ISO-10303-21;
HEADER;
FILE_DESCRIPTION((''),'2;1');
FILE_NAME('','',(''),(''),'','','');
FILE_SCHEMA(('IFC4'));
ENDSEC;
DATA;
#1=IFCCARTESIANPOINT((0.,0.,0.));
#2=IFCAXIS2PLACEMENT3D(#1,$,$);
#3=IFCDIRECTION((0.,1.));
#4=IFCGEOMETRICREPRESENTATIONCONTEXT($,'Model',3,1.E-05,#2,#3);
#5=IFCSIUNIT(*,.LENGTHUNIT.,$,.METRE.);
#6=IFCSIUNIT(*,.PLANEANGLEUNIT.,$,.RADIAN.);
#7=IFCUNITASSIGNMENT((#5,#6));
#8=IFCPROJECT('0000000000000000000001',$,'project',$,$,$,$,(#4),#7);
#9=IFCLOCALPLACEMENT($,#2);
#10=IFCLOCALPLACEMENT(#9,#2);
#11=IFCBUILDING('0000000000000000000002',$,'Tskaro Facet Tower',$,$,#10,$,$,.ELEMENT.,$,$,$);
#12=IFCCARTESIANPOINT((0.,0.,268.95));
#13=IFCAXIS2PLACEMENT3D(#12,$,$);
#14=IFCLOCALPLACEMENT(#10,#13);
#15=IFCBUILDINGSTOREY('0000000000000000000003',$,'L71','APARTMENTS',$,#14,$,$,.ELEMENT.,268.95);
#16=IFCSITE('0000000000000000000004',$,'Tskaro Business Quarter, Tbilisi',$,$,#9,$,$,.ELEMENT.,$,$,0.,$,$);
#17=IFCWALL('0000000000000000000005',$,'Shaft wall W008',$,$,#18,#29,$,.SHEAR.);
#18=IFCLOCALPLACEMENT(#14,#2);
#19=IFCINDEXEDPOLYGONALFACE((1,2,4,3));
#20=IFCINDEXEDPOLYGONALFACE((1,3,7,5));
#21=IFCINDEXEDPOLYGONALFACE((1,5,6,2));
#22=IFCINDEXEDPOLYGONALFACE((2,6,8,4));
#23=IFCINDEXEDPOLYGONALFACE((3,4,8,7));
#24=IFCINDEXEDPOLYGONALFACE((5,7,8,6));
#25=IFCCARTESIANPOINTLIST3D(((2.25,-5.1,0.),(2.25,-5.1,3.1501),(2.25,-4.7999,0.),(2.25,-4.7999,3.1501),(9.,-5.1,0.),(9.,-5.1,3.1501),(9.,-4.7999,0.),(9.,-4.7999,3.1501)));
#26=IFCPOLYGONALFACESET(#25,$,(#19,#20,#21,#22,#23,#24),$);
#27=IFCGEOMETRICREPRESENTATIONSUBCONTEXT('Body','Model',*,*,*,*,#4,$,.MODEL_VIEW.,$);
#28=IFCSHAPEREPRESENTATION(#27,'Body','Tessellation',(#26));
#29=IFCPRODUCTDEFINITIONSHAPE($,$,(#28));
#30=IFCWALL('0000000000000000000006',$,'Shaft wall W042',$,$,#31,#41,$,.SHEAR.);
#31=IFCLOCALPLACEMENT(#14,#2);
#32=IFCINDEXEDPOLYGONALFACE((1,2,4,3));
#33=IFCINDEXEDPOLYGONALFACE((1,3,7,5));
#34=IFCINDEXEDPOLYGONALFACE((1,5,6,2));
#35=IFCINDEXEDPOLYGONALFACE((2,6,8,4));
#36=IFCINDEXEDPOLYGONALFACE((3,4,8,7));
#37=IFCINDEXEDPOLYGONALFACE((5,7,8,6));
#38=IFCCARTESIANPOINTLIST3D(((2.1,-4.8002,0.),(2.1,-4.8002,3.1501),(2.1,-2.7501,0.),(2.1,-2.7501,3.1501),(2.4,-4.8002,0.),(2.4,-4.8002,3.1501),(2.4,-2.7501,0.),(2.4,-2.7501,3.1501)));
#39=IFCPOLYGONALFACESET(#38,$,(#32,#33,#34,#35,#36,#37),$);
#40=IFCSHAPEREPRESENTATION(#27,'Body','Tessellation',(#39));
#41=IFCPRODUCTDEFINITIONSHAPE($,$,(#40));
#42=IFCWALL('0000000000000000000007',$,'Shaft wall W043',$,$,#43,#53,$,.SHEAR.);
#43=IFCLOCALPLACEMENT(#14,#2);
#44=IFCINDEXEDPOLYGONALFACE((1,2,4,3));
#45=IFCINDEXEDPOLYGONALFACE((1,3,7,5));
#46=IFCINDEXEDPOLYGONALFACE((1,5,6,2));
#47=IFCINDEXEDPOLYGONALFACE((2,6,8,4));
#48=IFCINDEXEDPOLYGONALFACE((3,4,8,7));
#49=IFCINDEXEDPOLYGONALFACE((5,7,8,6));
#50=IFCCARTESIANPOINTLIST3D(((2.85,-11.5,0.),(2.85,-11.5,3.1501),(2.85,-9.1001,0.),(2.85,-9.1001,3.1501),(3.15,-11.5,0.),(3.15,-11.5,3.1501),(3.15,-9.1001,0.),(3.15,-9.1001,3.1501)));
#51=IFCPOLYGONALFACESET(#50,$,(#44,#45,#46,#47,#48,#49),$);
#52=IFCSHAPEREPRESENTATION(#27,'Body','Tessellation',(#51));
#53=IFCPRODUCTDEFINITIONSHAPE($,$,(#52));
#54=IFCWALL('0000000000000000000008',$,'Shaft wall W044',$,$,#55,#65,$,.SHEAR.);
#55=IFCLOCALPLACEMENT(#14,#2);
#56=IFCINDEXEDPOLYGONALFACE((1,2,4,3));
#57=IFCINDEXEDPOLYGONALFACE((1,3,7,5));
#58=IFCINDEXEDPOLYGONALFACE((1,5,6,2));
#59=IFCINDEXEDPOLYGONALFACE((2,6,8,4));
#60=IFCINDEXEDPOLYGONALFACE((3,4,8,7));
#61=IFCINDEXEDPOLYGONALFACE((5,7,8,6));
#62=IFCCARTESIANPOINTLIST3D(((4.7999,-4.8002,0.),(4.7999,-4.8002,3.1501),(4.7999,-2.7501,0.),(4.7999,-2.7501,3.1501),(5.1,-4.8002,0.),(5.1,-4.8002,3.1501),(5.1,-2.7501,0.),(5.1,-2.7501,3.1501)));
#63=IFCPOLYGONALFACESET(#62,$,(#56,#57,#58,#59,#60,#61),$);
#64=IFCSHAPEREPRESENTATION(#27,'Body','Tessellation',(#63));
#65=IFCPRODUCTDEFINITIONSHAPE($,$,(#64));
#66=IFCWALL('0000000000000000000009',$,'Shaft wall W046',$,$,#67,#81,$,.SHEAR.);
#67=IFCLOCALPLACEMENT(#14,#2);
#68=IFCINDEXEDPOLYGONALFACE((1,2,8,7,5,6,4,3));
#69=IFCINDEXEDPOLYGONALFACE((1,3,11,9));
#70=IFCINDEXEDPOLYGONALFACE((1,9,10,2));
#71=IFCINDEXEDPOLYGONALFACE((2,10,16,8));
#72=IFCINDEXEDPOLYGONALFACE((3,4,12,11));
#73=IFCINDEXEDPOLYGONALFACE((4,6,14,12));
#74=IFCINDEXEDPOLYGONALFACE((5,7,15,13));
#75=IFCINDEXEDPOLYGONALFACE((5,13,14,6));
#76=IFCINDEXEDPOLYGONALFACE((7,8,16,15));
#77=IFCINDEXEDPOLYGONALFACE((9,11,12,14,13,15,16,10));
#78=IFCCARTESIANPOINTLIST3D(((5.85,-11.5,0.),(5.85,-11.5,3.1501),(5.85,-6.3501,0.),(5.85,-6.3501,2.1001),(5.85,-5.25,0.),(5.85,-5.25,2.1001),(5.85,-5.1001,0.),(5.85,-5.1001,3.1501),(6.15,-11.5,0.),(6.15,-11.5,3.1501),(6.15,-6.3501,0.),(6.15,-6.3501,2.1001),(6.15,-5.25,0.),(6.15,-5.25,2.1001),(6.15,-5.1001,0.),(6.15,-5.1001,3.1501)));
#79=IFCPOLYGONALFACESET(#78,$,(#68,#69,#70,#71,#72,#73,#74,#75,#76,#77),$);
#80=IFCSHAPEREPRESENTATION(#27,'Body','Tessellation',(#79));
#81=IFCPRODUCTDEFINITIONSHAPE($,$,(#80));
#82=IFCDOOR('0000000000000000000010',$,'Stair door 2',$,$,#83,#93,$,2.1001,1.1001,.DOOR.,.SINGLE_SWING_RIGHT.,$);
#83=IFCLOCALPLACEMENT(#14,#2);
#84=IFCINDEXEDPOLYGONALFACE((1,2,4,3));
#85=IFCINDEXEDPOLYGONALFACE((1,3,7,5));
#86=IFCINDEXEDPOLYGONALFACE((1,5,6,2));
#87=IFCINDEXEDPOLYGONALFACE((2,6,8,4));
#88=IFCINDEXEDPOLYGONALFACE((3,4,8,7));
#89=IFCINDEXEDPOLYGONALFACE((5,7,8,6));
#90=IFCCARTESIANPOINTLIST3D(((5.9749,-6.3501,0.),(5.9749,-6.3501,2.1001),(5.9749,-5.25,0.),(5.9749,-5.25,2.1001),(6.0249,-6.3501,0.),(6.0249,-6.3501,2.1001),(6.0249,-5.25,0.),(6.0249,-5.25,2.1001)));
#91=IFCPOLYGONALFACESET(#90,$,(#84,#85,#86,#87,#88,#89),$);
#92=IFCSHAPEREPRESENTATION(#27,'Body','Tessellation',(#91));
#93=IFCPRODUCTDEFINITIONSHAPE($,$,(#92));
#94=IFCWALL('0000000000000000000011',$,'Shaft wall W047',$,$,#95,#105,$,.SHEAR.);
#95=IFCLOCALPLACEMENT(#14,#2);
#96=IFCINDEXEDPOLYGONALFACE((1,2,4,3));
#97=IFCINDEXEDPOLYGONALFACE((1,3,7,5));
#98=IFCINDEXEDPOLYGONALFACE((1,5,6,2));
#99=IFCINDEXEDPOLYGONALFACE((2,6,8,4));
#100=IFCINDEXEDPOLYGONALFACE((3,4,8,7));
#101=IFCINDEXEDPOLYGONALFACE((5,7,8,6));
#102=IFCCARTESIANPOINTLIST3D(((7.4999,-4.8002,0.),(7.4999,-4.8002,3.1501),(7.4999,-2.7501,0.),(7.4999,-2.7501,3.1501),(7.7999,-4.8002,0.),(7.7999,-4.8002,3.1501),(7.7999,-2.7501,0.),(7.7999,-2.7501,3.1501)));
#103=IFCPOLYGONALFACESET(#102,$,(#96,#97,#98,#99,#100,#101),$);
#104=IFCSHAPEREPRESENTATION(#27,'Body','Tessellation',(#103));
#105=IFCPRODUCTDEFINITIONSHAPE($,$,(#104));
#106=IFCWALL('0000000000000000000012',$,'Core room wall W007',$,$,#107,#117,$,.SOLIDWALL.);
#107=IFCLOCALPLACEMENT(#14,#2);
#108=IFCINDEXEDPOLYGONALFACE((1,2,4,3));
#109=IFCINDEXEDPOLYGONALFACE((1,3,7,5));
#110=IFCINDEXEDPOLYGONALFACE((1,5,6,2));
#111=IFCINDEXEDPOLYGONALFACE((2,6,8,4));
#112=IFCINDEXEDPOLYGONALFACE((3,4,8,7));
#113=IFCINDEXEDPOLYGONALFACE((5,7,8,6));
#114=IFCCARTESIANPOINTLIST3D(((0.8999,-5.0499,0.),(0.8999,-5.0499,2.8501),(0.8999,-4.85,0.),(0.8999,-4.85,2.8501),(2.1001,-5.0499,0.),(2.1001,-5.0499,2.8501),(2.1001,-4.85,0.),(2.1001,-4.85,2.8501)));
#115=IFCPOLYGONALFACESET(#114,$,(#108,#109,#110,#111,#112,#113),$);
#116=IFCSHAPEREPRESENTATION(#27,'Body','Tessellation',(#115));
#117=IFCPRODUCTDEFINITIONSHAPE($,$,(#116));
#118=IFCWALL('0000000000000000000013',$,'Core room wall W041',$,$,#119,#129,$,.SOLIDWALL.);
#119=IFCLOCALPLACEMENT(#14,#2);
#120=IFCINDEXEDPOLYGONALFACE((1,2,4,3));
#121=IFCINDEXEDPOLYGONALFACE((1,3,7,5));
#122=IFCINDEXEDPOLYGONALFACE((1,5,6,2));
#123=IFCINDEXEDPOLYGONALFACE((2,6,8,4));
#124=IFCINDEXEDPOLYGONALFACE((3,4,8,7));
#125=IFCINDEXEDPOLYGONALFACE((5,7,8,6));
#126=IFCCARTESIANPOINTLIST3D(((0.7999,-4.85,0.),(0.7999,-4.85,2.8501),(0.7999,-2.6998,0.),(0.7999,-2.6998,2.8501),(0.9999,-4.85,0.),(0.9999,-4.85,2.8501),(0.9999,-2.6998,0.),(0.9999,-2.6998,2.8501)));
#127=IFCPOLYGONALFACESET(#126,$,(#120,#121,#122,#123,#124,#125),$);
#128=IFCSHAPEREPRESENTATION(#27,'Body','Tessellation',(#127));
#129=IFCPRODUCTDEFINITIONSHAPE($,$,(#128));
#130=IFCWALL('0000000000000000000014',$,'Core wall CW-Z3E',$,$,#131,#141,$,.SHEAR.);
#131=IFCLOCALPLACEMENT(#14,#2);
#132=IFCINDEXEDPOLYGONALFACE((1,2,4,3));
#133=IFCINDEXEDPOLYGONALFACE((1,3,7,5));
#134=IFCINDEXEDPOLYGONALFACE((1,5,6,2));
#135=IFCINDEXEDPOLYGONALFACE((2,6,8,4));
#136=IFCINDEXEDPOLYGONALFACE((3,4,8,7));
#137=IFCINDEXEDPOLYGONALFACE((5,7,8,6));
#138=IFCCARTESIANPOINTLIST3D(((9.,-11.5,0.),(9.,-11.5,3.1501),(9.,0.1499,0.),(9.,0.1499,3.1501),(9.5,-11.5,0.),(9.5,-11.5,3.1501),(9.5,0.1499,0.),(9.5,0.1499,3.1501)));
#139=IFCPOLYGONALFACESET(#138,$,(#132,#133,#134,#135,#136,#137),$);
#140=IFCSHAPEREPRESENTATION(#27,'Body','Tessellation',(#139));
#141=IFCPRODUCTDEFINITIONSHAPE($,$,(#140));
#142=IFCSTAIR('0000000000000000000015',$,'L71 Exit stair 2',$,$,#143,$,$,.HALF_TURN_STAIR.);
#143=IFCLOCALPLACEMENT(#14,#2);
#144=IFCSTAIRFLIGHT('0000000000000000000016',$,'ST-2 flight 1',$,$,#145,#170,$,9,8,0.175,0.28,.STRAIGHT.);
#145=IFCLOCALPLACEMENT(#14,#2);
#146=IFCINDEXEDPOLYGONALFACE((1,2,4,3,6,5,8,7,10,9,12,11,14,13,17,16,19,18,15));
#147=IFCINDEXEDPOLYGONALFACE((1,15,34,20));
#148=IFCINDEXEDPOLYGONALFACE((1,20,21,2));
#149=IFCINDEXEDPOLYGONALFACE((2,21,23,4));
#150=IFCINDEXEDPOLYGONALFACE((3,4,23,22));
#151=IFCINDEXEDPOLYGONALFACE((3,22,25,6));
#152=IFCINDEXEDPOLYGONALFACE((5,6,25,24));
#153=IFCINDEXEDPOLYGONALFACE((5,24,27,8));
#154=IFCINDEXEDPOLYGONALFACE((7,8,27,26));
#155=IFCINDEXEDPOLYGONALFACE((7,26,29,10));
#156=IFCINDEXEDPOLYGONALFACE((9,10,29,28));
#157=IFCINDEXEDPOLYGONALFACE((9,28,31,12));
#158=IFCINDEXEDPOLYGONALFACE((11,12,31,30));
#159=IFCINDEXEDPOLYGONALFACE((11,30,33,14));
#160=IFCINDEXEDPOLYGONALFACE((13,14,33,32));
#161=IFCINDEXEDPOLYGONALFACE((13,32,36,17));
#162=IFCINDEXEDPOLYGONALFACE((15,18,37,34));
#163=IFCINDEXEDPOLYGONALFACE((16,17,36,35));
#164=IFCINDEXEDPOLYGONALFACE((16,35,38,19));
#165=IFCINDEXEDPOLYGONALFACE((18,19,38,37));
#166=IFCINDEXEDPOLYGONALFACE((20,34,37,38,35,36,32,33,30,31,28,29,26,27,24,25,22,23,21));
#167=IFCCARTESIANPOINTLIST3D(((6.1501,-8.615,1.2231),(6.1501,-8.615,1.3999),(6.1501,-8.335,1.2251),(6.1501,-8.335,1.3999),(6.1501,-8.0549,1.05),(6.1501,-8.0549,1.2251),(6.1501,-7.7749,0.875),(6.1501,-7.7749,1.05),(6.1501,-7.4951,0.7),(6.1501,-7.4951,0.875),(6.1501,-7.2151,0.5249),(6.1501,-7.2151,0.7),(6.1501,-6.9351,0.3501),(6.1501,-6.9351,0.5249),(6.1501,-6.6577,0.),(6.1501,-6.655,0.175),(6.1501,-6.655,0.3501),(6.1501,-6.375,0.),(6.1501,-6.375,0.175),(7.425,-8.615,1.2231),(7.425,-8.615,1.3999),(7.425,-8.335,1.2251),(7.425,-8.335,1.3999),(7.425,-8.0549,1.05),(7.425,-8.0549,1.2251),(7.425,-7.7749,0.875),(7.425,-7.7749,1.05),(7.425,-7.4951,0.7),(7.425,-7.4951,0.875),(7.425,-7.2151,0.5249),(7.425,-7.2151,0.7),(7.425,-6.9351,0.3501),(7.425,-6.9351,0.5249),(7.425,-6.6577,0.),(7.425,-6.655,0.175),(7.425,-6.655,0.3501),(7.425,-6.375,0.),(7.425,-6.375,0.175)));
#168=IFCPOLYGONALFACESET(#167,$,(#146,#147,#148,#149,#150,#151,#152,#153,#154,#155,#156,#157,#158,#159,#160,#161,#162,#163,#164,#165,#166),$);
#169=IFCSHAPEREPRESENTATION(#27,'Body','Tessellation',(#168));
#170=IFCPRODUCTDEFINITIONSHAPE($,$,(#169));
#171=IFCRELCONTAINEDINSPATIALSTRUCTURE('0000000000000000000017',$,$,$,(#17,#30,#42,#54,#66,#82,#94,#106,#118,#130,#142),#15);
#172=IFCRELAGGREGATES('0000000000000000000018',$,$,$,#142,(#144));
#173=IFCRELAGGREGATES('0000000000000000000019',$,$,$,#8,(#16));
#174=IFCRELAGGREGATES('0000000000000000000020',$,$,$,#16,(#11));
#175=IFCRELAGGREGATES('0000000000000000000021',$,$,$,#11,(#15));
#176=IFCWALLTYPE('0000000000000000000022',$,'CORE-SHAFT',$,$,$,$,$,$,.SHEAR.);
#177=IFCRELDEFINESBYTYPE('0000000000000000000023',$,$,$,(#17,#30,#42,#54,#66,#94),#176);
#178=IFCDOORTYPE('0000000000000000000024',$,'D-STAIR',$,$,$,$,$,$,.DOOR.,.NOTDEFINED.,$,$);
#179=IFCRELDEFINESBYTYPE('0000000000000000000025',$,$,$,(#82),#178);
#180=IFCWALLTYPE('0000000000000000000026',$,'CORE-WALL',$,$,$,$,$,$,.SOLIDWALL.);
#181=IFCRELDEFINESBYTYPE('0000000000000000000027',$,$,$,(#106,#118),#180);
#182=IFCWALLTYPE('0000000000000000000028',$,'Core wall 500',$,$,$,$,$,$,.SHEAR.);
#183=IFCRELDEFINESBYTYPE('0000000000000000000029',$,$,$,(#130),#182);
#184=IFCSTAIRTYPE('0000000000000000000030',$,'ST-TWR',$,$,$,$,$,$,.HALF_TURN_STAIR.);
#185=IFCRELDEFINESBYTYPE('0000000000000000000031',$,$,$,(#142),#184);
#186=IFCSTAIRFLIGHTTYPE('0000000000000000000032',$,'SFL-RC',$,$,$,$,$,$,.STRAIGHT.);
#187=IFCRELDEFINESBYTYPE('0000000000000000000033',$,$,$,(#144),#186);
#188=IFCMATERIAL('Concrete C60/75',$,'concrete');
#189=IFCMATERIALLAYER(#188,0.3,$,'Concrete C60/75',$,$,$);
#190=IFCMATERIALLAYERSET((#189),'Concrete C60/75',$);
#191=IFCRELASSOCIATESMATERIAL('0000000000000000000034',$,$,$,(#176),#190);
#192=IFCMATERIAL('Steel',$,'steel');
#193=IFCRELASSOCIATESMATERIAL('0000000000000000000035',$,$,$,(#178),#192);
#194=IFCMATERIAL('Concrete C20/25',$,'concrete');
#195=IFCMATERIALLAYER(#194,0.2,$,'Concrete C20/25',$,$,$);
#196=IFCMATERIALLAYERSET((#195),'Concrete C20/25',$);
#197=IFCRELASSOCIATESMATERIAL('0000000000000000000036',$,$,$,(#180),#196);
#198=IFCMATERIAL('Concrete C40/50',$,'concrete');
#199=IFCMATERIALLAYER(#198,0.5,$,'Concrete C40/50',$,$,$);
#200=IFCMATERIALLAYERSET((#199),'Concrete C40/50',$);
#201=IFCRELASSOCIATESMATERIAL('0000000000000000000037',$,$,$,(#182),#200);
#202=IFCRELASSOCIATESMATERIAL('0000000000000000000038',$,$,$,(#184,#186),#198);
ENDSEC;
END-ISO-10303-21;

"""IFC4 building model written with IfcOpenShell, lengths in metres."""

from ifc_helpers import new_model, si_unit, direction, frame, frame_2d, origin, place, context, subcontext, project, spatial, polyline, rectangle, outline, extrude, material, layer, layer_set, type_object, element, fill, aggregate, save


model = new_model("IFC4")

# Units and contexts
model_context = context("Model", 3, precision=1e-05, world=origin(), true_north=direction((0.0, 1.0)))
body_context = subcontext(model_context, "Body", "Model", "MODEL_VIEW")
ifc_project = project(units=[si_unit("LENGTHUNIT", "METRE"), si_unit("PLANEANGLEUNIT", "RADIAN")], contexts=[model_context])

# Site, building, storey
site_placement = place(None, origin())
site = spatial("IfcSite", under=ifc_project, at=site_placement, Name="Tskaro Business Quarter, Tbilisi", CompositionType="ELEMENT", RefElevation=0.0)
building_placement = place(site_placement, origin())
building = spatial("IfcBuilding", under=site, at=building_placement, Name="Tskaro Facet Tower", CompositionType="ELEMENT")
storey_placement = place(building_placement, frame((0.0, 0.0, 268.95)))
storey = spatial("IfcBuildingStorey", under=building, at=storey_placement, Name="L71", Description="APARTMENTS", CompositionType="ELEMENT", Elevation=268.95)

# Walls
ifc_material_1 = material(Name="Concrete C60/75", Category="concrete")
ifc_layer_1 = layer(ifc_material_1, 0.3, Name="Concrete C60/75")
ifc_layer_set_1 = layer_set([ifc_layer_1], Name="Concrete C60/75")
wall_type_1 = type_object("IfcWallType", Name="CORE-SHAFT", PredefinedType="SHEAR", material=ifc_layer_set_1)
wall_1_placement = place(storey_placement, frame((2.25, -4.95, 0.0), z_axis=(0.0, 0.0, 1.0), x_axis=(1.0, 0.0, 0.0)))
element("IfcWall", 1, at=wall_1_placement, inside=storey, type_object=wall_type_1, Name="Shaft wall W008", PredefinedType="SHEAR", context=body_context, shape_type="SweptSolid", body=[
    extrude(rectangle(XDim=6.75, YDim=0.3, at=frame_2d((3.375, 0.0))), origin(), (0.0, 0.0, 1.0), 3.1501),
])
wall_2_placement = place(storey_placement, frame((2.25, -4.8, 0.0), z_axis=(0.0, 0.0, 1.0), x_axis=(0.0, 1.0, 0.0)))
element("IfcWall", 2, at=wall_2_placement, inside=storey, type_object=wall_type_1, Name="Shaft wall W042", PredefinedType="SHEAR", context=body_context, shape_type="SweptSolid", body=[
    extrude(rectangle(XDim=2.05, YDim=0.3, at=frame_2d((1.0249, 0.0))), origin(), (0.0, 0.0, 1.0), 3.1501),
])
wall_3_placement = place(storey_placement, frame((3.0, -11.5, 0.0), z_axis=(0.0, 0.0, 1.0), x_axis=(0.0, 1.0, 0.0)))
element("IfcWall", 3, at=wall_3_placement, inside=storey, type_object=wall_type_1, Name="Shaft wall W043", PredefinedType="SHEAR", context=body_context, shape_type="SweptSolid", body=[
    extrude(rectangle(XDim=2.3999, YDim=0.3, at=frame_2d((1.2, 0.0))), origin(), (0.0, 0.0, 1.0), 3.1501),
])
wall_4_placement = place(storey_placement, frame((4.95, -4.8, 0.0), z_axis=(0.0, 0.0, 1.0), x_axis=(0.0, 1.0, 0.0)))
element("IfcWall", 4, at=wall_4_placement, inside=storey, type_object=wall_type_1, Name="Shaft wall W044", PredefinedType="SHEAR", context=body_context, shape_type="SweptSolid", body=[
    extrude(rectangle(XDim=2.05, YDim=0.3, at=frame_2d((1.0249, 0.0))), origin(), (0.0, 0.0, 1.0), 3.1501),
])

# Wall, opening, door
wall_5_placement = place(storey_placement, frame((6.0, -5.1001, 0.0), z_axis=(0.0, 0.0, 1.0), x_axis=(0.0, -1.0, 0.0)))
wall_5 = element("IfcWall", 5, at=wall_5_placement, inside=storey, type_object=wall_type_1, Name="Shaft wall W046", PredefinedType="SHEAR", context=body_context, shape_type="SweptSolid", body=[
    extrude(rectangle(XDim=6.3999, YDim=0.3, at=frame_2d((3.2, 0.0))), origin(), (0.0, 0.0, 1.0), 3.1501),
])
opening_placement = place(wall_5_placement, frame((0.1499, 0.0, 0.0)))
opening = element("IfcOpeningElement", 6, at=opening_placement, cuts=wall_5, PredefinedType="OPENING", context=body_context, shape_type="SweptSolid", body=[
    extrude(rectangle(XDim=1.1001, YDim=2.1001, at=frame_2d((0.55, 1.05))), frame((0.0, 0.1599, 0.0), z_axis=(0.0, -1.0, 0.0), x_axis=(1.0, 0.0, 0.0)), (0.0, 0.0, 1.0), 0.3201),
])
ifc_material_2 = material(Name="Steel", Category="steel")
door_type = type_object("IfcDoorType", Name="D-STAIR", OperationType="NOTDEFINED", PredefinedType="DOOR", material=ifc_material_2)
door_placement = place(opening_placement, origin())
door = element("IfcDoor", 7, at=door_placement, inside=storey, type_object=door_type, Name="Stair door 2", OperationType="SINGLE_SWING_RIGHT", OverallHeight=2.1001, OverallWidth=1.1001, PredefinedType="DOOR", context=body_context, shape_type="SweptSolid", body=[
    extrude(rectangle(XDim=1.1001, YDim=2.1001, at=frame_2d((0.55, 1.05))), frame((0.0, 0.0249, 0.0), z_axis=(0.0, -1.0, 0.0), x_axis=(1.0, 0.0, 0.0)), (0.0, 0.0, 1.0), 0.05),
])
fill(opening, door)

# Walls
wall_6_placement = place(storey_placement, frame((7.6499, -4.8, 0.0), z_axis=(0.0, 0.0, 1.0), x_axis=(0.0, 1.0, 0.0)))
element("IfcWall", 8, at=wall_6_placement, inside=storey, type_object=wall_type_1, Name="Shaft wall W047", PredefinedType="SHEAR", context=body_context, shape_type="SweptSolid", body=[
    extrude(rectangle(XDim=2.05, YDim=0.3, at=frame_2d((1.0249, 0.0))), origin(), (0.0, 0.0, 1.0), 3.1501),
])
ifc_material_3 = material(Name="Concrete C20/25", Category="concrete")
ifc_layer_2 = layer(ifc_material_3, 0.2, Name="Concrete C20/25")
ifc_layer_set_2 = layer_set([ifc_layer_2], Name="Concrete C20/25")
wall_type_2 = type_object("IfcWallType", Name="CORE-WALL", PredefinedType="SOLIDWALL", material=ifc_layer_set_2)
wall_7_placement = place(storey_placement, frame((0.8999, -4.95, 0.0), z_axis=(0.0, 0.0, 1.0), x_axis=(1.0, 0.0, 0.0)))
element("IfcWall", 9, at=wall_7_placement, inside=storey, type_object=wall_type_2, Name="Core room wall W007", PredefinedType="SOLIDWALL", context=body_context, shape_type="SweptSolid", body=[
    extrude(rectangle(XDim=1.2002, YDim=0.2, at=frame_2d((0.6001, 0.0))), origin(), (0.0, 0.0, 1.0), 2.8501),
])
wall_8_placement = place(storey_placement, frame((0.8999, -4.8501, 0.0), z_axis=(0.0, 0.0, 1.0), x_axis=(0.0, 1.0, 0.0)))
element("IfcWall", 10, at=wall_8_placement, inside=storey, type_object=wall_type_2, Name="Core room wall W041", PredefinedType="SOLIDWALL", context=body_context, shape_type="SweptSolid", body=[
    extrude(rectangle(XDim=2.1501, YDim=0.2, at=frame_2d((1.0752, 0.0))), origin(), (0.0, 0.0, 1.0), 2.8501),
])
ifc_material_4 = material(Name="Concrete C40/50", Category="concrete")
ifc_layer_3 = layer(ifc_material_4, 0.5, Name="Concrete C40/50")
ifc_layer_set_3 = layer_set([ifc_layer_3], Name="Concrete C40/50")
wall_type_3 = type_object("IfcWallType", Name="Core wall 500", PredefinedType="SHEAR", material=ifc_layer_set_3)
wall_9_placement = place(storey_placement, frame((9.25, -11.5, 0.0), z_axis=(0.0, 0.0, 1.0), x_axis=(0.0, 1.0, 0.0)))
element("IfcWall", 11, at=wall_9_placement, inside=storey, type_object=wall_type_3, Name="Core wall CW-Z3E", PredefinedType="SHEAR", context=body_context, shape_type="SweptSolid", body=[
    extrude(rectangle(XDim=11.6499, YDim=0.5, at=frame_2d((5.825, 0.0))), origin(), (0.0, 0.0, 1.0), 3.1501),
])

# Stair, stair flight
stair_type = type_object("IfcStairType", Name="ST-TWR", PredefinedType="HALF_TURN_STAIR", material=ifc_material_4)
stair_placement = place(storey_placement, origin())
stair = element("IfcStair", 12, at=stair_placement, inside=storey, type_object=stair_type, Name="L71 Exit stair 2", PredefinedType="HALF_TURN_STAIR")
stair_flight_type = type_object("IfcStairFlightType", Name="SFL-RC", PredefinedType="STRAIGHT", material=ifc_material_4)
stair_flight_1_placement = place(storey_placement, frame((6.7876, -6.375, 0.0), z_axis=(0.0, 0.0, 1.0), x_axis=(0.0, -1.0, 0.0)))
stair_flight_1 = element("IfcStairFlight", 13, at=stair_flight_1_placement, type_object=stair_flight_type, Name="ST-2 flight 1", NumberOfRisers=9, NumberOfTreads=8, PredefinedType="STRAIGHT", RiserHeight=0.175, TreadLength=0.28, context=body_context, shape_type="SweptSolid", body=[
    extrude(outline(polyline([(0.0, 0.0), (0.0, 0.175), (0.28, 0.175), (0.28, 0.3501), (0.5601, 0.3501), (0.5601, 0.5249), (0.8401, 0.5249), (0.8401, 0.7), (1.1201, 0.7), (1.1201, 0.875), (1.3999, 0.875), (1.3999, 1.05), (1.6799, 1.05), (1.6799, 1.2251), (1.96, 1.2251), (1.96, 1.3999), (2.24, 1.3999), (2.24, 1.575), (2.24, 1.2231), (0.2827, 0.0), (0.0, 0.0)])), frame((0.0, 0.6375, 0.0), z_axis=(0.0, -1.0, 0.0), x_axis=(1.0, 0.0, 0.0)), (0.0, 0.0, 1.0), 1.2749),
])
aggregate(stair, [stair_flight_1])

save(model, "model.ifc")
